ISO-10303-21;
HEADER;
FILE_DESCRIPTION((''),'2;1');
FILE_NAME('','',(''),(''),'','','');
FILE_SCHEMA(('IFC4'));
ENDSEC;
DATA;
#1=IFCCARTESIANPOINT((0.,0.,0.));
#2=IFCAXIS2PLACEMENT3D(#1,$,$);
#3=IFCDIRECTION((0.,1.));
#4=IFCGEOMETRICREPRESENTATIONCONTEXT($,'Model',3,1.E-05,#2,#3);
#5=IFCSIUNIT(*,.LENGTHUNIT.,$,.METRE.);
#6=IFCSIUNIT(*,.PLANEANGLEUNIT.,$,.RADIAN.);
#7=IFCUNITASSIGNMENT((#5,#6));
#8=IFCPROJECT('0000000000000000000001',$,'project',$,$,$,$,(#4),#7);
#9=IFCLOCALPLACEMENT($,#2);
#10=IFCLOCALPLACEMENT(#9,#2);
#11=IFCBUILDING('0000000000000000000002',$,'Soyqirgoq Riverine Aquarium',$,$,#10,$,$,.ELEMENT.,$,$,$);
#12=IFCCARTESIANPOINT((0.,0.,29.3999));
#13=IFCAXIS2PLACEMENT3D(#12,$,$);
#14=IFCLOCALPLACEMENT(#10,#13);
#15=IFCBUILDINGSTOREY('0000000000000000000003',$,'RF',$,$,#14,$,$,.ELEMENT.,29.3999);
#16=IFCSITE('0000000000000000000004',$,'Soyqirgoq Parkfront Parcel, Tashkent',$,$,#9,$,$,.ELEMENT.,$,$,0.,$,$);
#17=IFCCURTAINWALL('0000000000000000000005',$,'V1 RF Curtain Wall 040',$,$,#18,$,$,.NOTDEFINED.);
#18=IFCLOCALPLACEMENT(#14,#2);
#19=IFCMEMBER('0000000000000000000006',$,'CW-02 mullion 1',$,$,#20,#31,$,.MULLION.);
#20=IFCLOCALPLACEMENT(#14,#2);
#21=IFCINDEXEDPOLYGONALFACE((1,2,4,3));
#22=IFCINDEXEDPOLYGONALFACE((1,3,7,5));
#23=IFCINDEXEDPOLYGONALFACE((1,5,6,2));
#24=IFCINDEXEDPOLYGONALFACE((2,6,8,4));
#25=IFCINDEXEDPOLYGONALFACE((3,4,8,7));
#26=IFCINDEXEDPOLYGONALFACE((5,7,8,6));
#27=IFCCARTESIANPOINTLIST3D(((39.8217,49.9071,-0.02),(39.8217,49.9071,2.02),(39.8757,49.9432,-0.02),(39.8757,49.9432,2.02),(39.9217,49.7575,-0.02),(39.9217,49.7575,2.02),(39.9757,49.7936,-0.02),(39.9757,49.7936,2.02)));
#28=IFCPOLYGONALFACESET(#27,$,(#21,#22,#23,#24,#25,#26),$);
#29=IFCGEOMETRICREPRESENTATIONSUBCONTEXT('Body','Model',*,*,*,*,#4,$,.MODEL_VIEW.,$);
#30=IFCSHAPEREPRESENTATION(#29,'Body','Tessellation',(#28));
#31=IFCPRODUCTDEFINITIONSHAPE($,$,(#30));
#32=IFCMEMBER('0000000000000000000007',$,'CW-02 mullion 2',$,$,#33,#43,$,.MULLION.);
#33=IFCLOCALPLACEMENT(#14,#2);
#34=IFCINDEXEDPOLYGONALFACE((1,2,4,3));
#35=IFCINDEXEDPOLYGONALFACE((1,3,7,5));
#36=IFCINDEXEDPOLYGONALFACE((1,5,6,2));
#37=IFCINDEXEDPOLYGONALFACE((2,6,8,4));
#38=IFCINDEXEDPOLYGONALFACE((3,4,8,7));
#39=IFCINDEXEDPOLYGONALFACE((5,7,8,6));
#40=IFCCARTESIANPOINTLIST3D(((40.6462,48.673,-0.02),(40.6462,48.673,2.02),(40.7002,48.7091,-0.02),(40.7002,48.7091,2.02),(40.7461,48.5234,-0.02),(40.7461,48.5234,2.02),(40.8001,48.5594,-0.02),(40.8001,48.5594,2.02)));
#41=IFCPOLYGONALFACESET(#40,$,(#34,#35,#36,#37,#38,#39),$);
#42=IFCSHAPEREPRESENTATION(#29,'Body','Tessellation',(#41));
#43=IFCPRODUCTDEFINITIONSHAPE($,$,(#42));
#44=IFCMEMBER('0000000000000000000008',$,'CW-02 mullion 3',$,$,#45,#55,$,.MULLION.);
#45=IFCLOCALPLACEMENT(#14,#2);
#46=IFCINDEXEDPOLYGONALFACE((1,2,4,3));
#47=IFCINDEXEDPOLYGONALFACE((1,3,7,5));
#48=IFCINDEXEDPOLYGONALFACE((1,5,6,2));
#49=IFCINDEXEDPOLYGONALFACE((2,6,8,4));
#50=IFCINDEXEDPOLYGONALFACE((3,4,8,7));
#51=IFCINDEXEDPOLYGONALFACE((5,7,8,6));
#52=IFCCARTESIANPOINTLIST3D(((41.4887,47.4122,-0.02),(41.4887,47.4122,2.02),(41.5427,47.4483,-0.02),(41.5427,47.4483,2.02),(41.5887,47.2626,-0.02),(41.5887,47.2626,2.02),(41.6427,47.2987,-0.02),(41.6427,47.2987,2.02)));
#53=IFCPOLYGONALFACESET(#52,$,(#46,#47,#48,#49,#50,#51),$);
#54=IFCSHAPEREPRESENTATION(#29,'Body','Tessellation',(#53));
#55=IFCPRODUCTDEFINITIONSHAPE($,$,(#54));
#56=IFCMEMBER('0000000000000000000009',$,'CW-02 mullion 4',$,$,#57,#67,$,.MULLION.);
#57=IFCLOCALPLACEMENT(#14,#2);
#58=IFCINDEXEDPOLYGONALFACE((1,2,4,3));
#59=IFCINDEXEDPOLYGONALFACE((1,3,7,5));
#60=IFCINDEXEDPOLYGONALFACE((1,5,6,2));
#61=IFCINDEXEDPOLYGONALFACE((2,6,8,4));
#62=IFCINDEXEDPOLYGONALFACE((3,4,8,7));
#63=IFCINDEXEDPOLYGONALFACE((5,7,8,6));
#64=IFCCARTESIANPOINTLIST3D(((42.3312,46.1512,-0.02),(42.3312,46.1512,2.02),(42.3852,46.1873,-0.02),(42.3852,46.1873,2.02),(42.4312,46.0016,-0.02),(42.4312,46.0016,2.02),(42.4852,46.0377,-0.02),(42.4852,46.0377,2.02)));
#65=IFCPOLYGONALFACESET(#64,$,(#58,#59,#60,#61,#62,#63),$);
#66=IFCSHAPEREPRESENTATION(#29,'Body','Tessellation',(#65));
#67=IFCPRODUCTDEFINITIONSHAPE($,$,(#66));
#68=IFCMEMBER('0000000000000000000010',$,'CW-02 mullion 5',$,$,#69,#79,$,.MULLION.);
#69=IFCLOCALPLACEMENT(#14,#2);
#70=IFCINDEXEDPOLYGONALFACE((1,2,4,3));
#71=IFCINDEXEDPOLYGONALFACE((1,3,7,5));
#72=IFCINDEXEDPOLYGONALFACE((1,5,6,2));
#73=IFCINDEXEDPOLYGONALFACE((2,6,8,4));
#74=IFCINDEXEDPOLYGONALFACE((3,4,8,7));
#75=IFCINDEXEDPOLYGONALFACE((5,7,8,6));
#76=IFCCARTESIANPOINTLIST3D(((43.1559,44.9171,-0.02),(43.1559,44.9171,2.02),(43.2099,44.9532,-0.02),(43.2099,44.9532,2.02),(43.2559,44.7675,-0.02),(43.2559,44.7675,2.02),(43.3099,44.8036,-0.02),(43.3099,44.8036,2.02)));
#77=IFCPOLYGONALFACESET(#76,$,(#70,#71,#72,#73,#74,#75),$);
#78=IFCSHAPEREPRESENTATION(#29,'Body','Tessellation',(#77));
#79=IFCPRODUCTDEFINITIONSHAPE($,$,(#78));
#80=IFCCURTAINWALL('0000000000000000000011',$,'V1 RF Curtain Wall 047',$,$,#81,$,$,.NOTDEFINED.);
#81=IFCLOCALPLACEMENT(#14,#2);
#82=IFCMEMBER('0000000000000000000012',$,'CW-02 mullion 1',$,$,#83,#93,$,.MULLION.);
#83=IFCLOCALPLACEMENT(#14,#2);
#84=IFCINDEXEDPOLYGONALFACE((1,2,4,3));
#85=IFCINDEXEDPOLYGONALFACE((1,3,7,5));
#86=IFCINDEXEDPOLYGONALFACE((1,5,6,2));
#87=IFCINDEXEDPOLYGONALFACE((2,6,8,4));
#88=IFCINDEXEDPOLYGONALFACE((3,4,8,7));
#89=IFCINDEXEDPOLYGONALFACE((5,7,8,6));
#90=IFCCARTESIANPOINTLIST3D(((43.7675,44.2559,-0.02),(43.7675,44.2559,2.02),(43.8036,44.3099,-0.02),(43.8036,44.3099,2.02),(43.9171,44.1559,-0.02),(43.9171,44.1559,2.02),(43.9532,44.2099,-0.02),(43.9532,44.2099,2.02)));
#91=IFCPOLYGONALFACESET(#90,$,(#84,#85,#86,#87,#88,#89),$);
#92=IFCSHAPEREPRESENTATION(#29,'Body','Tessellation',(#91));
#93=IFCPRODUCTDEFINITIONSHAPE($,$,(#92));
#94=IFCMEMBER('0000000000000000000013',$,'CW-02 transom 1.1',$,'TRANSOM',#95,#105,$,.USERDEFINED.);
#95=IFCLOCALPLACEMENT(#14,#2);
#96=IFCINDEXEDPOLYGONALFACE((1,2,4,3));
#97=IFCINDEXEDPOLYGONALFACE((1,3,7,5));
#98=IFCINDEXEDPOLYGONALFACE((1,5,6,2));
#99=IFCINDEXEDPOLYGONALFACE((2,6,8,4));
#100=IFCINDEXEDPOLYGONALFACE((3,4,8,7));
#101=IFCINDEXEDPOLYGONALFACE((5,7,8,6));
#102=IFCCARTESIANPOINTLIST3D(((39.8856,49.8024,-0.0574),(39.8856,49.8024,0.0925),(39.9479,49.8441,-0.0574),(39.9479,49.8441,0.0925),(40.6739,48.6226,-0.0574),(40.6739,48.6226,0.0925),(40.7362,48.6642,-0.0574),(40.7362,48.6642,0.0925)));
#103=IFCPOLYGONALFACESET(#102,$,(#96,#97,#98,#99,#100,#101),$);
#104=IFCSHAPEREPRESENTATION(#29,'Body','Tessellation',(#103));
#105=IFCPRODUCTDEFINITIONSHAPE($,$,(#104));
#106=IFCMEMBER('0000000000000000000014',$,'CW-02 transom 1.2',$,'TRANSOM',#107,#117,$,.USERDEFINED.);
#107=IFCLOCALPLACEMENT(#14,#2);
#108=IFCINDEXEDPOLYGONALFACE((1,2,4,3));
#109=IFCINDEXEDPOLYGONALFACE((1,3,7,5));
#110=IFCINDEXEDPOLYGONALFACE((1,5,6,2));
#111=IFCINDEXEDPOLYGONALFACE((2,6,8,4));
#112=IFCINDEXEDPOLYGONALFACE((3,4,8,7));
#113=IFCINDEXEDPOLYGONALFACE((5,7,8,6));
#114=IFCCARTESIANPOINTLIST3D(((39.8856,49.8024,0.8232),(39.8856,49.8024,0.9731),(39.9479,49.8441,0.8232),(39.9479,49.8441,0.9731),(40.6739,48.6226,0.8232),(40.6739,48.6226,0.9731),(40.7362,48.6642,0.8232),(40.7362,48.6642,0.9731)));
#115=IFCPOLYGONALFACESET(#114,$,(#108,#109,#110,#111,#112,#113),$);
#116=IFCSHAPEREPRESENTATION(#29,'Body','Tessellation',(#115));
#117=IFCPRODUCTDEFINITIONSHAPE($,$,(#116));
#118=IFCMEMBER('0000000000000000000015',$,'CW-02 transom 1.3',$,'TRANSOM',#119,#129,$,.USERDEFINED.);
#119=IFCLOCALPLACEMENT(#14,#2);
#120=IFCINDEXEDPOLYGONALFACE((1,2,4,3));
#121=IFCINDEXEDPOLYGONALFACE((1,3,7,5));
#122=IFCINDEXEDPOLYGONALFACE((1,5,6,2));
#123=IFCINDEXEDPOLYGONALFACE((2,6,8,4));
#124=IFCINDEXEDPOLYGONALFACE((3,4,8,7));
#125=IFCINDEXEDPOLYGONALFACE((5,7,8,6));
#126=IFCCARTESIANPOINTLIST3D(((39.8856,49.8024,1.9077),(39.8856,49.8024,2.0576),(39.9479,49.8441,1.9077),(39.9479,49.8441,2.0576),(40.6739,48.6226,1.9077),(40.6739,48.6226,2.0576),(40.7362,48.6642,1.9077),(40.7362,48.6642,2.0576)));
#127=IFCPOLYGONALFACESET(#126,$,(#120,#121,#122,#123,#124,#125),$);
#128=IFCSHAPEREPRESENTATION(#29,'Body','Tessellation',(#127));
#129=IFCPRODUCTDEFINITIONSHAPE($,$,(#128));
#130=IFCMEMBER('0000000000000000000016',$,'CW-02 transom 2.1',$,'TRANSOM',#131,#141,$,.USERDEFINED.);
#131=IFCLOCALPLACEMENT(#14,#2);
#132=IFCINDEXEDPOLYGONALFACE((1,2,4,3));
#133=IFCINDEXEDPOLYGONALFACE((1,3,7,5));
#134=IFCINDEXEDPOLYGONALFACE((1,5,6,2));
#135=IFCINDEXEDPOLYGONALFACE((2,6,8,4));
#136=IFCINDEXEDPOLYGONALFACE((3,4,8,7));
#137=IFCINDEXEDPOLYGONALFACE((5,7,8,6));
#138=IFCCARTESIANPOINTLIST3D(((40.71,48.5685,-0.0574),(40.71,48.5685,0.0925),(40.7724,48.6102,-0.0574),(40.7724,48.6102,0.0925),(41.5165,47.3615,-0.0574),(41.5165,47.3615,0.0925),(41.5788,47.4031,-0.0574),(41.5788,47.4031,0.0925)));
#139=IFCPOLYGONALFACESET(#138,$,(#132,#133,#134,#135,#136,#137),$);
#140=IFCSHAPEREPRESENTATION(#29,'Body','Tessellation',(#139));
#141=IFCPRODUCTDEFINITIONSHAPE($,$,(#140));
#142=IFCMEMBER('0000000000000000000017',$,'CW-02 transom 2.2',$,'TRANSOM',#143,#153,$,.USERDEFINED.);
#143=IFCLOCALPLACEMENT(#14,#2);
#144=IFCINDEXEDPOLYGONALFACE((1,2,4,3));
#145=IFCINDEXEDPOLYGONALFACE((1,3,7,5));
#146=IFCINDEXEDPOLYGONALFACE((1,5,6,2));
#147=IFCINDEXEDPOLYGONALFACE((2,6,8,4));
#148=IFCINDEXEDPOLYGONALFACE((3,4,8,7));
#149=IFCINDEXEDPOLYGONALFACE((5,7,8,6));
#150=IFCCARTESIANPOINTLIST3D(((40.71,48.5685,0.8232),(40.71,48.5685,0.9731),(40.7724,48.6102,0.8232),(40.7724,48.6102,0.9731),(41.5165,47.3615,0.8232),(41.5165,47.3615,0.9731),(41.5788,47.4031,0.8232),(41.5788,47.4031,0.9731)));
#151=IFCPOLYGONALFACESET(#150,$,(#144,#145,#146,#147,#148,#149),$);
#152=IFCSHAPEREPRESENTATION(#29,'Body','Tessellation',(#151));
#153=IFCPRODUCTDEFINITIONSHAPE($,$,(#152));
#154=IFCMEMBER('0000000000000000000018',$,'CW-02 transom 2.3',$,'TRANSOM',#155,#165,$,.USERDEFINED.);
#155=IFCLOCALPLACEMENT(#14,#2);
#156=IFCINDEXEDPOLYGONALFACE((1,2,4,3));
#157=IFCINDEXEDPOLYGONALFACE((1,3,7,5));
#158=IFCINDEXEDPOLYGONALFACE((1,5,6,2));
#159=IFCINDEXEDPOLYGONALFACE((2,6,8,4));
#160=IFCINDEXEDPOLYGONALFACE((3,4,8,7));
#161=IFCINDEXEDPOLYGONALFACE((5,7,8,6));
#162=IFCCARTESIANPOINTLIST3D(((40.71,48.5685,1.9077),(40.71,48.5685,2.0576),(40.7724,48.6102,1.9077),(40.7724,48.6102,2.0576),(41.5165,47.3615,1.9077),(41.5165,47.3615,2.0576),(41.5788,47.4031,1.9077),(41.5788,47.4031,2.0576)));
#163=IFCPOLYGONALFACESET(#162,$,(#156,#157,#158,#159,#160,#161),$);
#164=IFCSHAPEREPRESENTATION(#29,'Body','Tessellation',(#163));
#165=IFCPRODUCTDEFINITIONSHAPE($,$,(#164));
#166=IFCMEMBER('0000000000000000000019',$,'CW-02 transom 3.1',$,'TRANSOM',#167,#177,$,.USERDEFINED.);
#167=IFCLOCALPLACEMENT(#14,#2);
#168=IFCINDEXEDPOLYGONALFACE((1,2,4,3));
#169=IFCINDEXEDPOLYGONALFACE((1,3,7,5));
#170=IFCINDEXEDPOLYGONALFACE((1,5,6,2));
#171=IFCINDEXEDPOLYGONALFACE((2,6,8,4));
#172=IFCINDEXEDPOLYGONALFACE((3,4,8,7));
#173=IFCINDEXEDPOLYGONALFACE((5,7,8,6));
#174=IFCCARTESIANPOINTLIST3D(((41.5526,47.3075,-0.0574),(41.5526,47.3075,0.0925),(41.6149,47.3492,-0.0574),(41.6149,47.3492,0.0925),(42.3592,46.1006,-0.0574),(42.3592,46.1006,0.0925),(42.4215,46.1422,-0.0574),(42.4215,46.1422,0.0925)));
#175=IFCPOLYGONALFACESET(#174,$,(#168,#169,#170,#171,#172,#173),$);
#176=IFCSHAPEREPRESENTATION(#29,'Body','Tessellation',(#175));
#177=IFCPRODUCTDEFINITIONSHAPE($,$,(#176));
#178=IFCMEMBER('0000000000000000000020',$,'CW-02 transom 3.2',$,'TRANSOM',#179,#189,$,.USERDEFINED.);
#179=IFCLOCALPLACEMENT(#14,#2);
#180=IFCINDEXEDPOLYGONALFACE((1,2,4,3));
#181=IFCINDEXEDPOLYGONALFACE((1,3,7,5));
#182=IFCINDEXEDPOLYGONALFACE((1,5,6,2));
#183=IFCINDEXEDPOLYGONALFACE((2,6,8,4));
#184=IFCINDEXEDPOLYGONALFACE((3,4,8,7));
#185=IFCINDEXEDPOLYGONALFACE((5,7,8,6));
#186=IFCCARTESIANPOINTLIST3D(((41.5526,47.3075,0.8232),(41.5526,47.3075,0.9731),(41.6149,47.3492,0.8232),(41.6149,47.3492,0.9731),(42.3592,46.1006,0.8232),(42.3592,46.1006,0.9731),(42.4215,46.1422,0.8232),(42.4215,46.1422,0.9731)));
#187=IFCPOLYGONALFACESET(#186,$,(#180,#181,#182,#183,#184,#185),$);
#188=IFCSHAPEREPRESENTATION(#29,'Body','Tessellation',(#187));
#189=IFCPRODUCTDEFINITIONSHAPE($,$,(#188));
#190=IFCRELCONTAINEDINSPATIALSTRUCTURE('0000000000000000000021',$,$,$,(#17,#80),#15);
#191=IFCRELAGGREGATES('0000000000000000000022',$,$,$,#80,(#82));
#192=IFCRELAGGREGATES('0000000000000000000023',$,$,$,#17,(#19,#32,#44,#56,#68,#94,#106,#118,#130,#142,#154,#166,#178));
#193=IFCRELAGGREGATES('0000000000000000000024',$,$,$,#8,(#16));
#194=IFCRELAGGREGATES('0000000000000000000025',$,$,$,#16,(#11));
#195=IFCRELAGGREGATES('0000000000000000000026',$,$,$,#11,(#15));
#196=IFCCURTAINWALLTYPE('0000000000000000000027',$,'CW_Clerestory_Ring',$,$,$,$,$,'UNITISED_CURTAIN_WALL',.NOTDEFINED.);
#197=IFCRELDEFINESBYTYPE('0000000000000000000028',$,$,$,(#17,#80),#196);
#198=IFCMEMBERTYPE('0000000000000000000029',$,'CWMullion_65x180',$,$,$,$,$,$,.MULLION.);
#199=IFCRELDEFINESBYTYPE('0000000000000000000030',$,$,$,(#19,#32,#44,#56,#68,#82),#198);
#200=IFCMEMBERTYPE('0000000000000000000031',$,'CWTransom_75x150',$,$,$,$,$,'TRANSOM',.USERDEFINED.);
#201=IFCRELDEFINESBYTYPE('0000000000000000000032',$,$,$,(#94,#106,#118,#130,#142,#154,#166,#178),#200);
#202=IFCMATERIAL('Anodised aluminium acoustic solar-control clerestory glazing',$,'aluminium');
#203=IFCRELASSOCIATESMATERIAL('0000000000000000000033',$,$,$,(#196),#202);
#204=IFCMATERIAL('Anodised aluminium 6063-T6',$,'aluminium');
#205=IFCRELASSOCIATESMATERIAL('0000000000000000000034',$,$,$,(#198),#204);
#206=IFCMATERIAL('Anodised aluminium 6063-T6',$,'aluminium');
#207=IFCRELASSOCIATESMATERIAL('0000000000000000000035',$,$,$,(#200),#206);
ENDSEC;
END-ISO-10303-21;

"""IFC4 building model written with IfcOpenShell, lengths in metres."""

from ifc_helpers import new_model, si_unit, direction, frame, origin, origin_2d, place, context, subcontext, project, spatial, rectangle, extrude, material, material_profile, profile_set, type_object, element, aggregate, save


model = new_model("IFC4")

# Units and contexts
model_context = context("Model", 3, precision=1e-05, world=origin(), true_north=direction((0.0, 1.0)))
body_context = subcontext(model_context, "Body", "Model", "MODEL_VIEW")
ifc_project = project(units=[si_unit("LENGTHUNIT", "METRE"), si_unit("PLANEANGLEUNIT", "RADIAN")], contexts=[model_context])

# Site, building, storey
site_placement = place(None, origin())
site = spatial("IfcSite", under=ifc_project, at=site_placement, Name="Soyqirgoq Parkfront Parcel, Tashkent", CompositionType="ELEMENT", RefElevation=0.0)
building_placement = place(site_placement, origin())
building = spatial("IfcBuilding", under=site, at=building_placement, Name="Soyqirgoq Riverine Aquarium", CompositionType="ELEMENT")
storey_placement = place(building_placement, frame((0.0, 0.0, 29.3999)))
storey = spatial("IfcBuildingStorey", under=building, at=storey_placement, Name="RF", CompositionType="ELEMENT", Elevation=29.3999)

# Curtain wall, members
ifc_material_1 = material(Name="Anodised aluminium acoustic solar-control clerestory glazing", Category="aluminium")
curtain_wall_type = type_object("IfcCurtainWallType", Name="CW_Clerestory_Ring", ElementType="UNITISED_CURTAIN_WALL", PredefinedType="NOTDEFINED", material=ifc_material_1)
curtain_wall_1_placement = place(storey_placement, origin())
curtain_wall_1 = element("IfcCurtainWall", 1, at=curtain_wall_1_placement, inside=storey, type_object=curtain_wall_type, Name="V1 RF Curtain Wall 040", PredefinedType="NOTDEFINED")
ifc_material_2 = material(Name="Anodised aluminium 6063-T6", Category="aluminium")
ifc_material_profile_1 = material_profile(ifc_material_2, rectangle(XDim=0.0649, YDim=0.1799, at=origin_2d()), Name="ALU-M 65x180")
ifc_profile_set_1 = profile_set([ifc_material_profile_1], Name="Anodised aluminium 6063-T6")
member_type_1 = type_object("IfcMemberType", Name="CWMullion_65x180", PredefinedType="MULLION", material=ifc_profile_set_1)
member_1_placement = place(storey_placement, frame((39.8987, 49.8503, -0.02), z_axis=(0.0, 0.0, 1.0), x_axis=(0.831464, 0.555579, 0.0)))
member_1 = element("IfcMember", 2, at=member_1_placement, type_object=member_type_1, Name="CW-02 mullion 1", PredefinedType="MULLION", context=body_context, shape_type="SweptSolid", body=[
    extrude(rectangle(XDim=0.0649, YDim=0.1799, at=origin_2d()), origin(), (0.0, 0.0, 1.0), 2.04),
])
member_2_placement = place(storey_placement, frame((40.7231, 48.6162, -0.02), z_axis=(0.0, 0.0, 1.0), x_axis=(0.831464, 0.555579, 0.0)))
member_2 = element("IfcMember", 3, at=member_2_placement, type_object=member_type_1, Name="CW-02 mullion 2", PredefinedType="MULLION", context=body_context, shape_type="SweptSolid", body=[
    extrude(rectangle(XDim=0.0649, YDim=0.1799, at=origin_2d()), origin(), (0.0, 0.0, 1.0), 2.04),
])
member_3_placement = place(storey_placement, frame((41.5657, 47.3555, -0.02), z_axis=(0.0, 0.0, 1.0), x_axis=(0.831464, 0.555579, 0.0)))
member_3 = element("IfcMember", 4, at=member_3_placement, type_object=member_type_1, Name="CW-02 mullion 3", PredefinedType="MULLION", context=body_context, shape_type="SweptSolid", body=[
    extrude(rectangle(XDim=0.0649, YDim=0.1799, at=origin_2d()), origin(), (0.0, 0.0, 1.0), 2.04),
])
member_4_placement = place(storey_placement, frame((42.4082, 46.0945, -0.02), z_axis=(0.0, 0.0, 1.0), x_axis=(0.831464, 0.555579, 0.0)))
member_4 = element("IfcMember", 5, at=member_4_placement, type_object=member_type_1, Name="CW-02 mullion 4", PredefinedType="MULLION", context=body_context, shape_type="SweptSolid", body=[
    extrude(rectangle(XDim=0.0649, YDim=0.1799, at=origin_2d()), origin(), (0.0, 0.0, 1.0), 2.04),
])
member_5_placement = place(storey_placement, frame((43.2329, 44.8604, -0.02), z_axis=(0.0, 0.0, 1.0), x_axis=(0.831464, 0.555579, 0.0)))
member_5 = element("IfcMember", 6, at=member_5_placement, type_object=member_type_1, Name="CW-02 mullion 5", PredefinedType="MULLION", context=body_context, shape_type="SweptSolid", body=[
    extrude(rectangle(XDim=0.0649, YDim=0.1799, at=origin_2d()), origin(), (0.0, 0.0, 1.0), 2.04),
])

# Curtain wall, member
curtain_wall_2_placement = place(storey_placement, origin())
curtain_wall_2 = element("IfcCurtainWall", 7, at=curtain_wall_2_placement, inside=storey, type_object=curtain_wall_type, Name="V1 RF Curtain Wall 047", PredefinedType="NOTDEFINED")
member_6_placement = place(storey_placement, frame((43.8604, 44.2329, -0.02), z_axis=(0.0, 0.0, 1.0), x_axis=(0.555579, 0.831464, 0.0)))
member_6 = element("IfcMember", 8, at=member_6_placement, type_object=member_type_1, Name="CW-02 mullion 1", PredefinedType="MULLION", context=body_context, shape_type="SweptSolid", body=[
    extrude(rectangle(XDim=0.0649, YDim=0.1799, at=origin_2d()), origin(), (0.0, 0.0, 1.0), 2.04),
])

# Members
ifc_material_3 = material(Name="Anodised aluminium 6063-T6", Category="aluminium")
ifc_material_profile_2 = material_profile(ifc_material_3, rectangle(XDim=0.075, YDim=0.1499, at=origin_2d()), Name="ALU-T 75x150")
ifc_profile_set_2 = profile_set([ifc_material_profile_2], Name="Anodised aluminium 6063-T6")
member_type_2 = type_object("IfcMemberType", Name="CWTransom_75x150", ElementType="TRANSOM", PredefinedType="USERDEFINED", material=ifc_profile_set_2)
member_7_placement = place(storey_placement, frame((39.9167, 49.8232, 0.0176), z_axis=(0.555534, -0.831494, 0.0), x_axis=(0.831494, 0.555534, 0.0)))
member_7 = element("IfcMember", 9, at=member_7_placement, type_object=member_type_2, Name="CW-02 transom 1.1", ObjectType="TRANSOM", PredefinedType="USERDEFINED", context=body_context, shape_type="SweptSolid", body=[
    extrude(rectangle(XDim=0.075, YDim=0.1499, at=origin_2d()), origin(), (0.0, 0.0, 1.0), 1.4189),
])
member_8_placement = place(storey_placement, frame((39.9167, 49.8232, 0.8982), z_axis=(0.555534, -0.831494, 0.0), x_axis=(0.831494, 0.555534, 0.0)))
member_8 = element("IfcMember", 10, at=member_8_placement, type_object=member_type_2, Name="CW-02 transom 1.2", ObjectType="TRANSOM", PredefinedType="USERDEFINED", context=body_context, shape_type="SweptSolid", body=[
    extrude(rectangle(XDim=0.075, YDim=0.1499, at=origin_2d()), origin(), (0.0, 0.0, 1.0), 1.4189),
])
member_9_placement = place(storey_placement, frame((39.9167, 49.8232, 1.9827), z_axis=(0.555534, -0.831494, 0.0), x_axis=(0.831494, 0.555534, 0.0)))
member_9 = element("IfcMember", 11, at=member_9_placement, type_object=member_type_2, Name="CW-02 transom 1.3", ObjectType="TRANSOM", PredefinedType="USERDEFINED", context=body_context, shape_type="SweptSolid", body=[
    extrude(rectangle(XDim=0.075, YDim=0.1499, at=origin_2d()), origin(), (0.0, 0.0, 1.0), 1.4189),
])
member_10_placement = place(storey_placement, frame((40.7412, 48.5894, 0.0176), z_axis=(0.555515, -0.831507, 0.0), x_axis=(0.831507, 0.555515, 0.0)))
member_10 = element("IfcMember", 12, at=member_10_placement, type_object=member_type_2, Name="CW-02 transom 2.1", ObjectType="TRANSOM", PredefinedType="USERDEFINED", context=body_context, shape_type="SweptSolid", body=[
    extrude(rectangle(XDim=0.075, YDim=0.1499, at=origin_2d()), origin(), (0.0, 0.0, 1.0), 1.4517),
])
member_11_placement = place(storey_placement, frame((40.7412, 48.5894, 0.8982), z_axis=(0.555515, -0.831507, 0.0), x_axis=(0.831507, 0.555515, 0.0)))
member_11 = element("IfcMember", 13, at=member_11_placement, type_object=member_type_2, Name="CW-02 transom 2.2", ObjectType="TRANSOM", PredefinedType="USERDEFINED", context=body_context, shape_type="SweptSolid", body=[
    extrude(rectangle(XDim=0.075, YDim=0.1499, at=origin_2d()), origin(), (0.0, 0.0, 1.0), 1.4517),
])
member_12_placement = place(storey_placement, frame((40.7412, 48.5894, 1.9827), z_axis=(0.555515, -0.831507, 0.0), x_axis=(0.831507, 0.555515, 0.0)))
member_12 = element("IfcMember", 14, at=member_12_placement, type_object=member_type_2, Name="CW-02 transom 2.3", ObjectType="TRANSOM", PredefinedType="USERDEFINED", context=body_context, shape_type="SweptSolid", body=[
    extrude(rectangle(XDim=0.075, YDim=0.1499, at=origin_2d()), origin(), (0.0, 0.0, 1.0), 1.4517),
])
member_13_placement = place(storey_placement, frame((41.5837, 47.3284, 0.0176), z_axis=(0.555631, -0.831429, 0.0), x_axis=(0.831429, 0.555631, 0.0)))
member_13 = element("IfcMember", 15, at=member_13_placement, type_object=member_type_2, Name="CW-02 transom 3.1", ObjectType="TRANSOM", PredefinedType="USERDEFINED", context=body_context, shape_type="SweptSolid", body=[
    extrude(rectangle(XDim=0.075, YDim=0.1499, at=origin_2d()), origin(), (0.0, 0.0, 1.0), 1.4517),
])
member_14_placement = place(storey_placement, frame((41.5837, 47.3284, 0.8982), z_axis=(0.555631, -0.831429, 0.0), x_axis=(0.831429, 0.555631, 0.0)))
member_14 = element("IfcMember", 16, at=member_14_placement, type_object=member_type_2, Name="CW-02 transom 3.2", ObjectType="TRANSOM", PredefinedType="USERDEFINED", context=body_context, shape_type="SweptSolid", body=[
    extrude(rectangle(XDim=0.075, YDim=0.1499, at=origin_2d()), origin(), (0.0, 0.0, 1.0), 1.4517),
])
aggregate(curtain_wall_2, [member_6])

aggregate(curtain_wall_1, [member_1, member_2, member_3, member_4, member_5, member_7, member_8, member_9, member_10, member_11, member_12, member_13, member_14])

save(model, "model.ifc")
